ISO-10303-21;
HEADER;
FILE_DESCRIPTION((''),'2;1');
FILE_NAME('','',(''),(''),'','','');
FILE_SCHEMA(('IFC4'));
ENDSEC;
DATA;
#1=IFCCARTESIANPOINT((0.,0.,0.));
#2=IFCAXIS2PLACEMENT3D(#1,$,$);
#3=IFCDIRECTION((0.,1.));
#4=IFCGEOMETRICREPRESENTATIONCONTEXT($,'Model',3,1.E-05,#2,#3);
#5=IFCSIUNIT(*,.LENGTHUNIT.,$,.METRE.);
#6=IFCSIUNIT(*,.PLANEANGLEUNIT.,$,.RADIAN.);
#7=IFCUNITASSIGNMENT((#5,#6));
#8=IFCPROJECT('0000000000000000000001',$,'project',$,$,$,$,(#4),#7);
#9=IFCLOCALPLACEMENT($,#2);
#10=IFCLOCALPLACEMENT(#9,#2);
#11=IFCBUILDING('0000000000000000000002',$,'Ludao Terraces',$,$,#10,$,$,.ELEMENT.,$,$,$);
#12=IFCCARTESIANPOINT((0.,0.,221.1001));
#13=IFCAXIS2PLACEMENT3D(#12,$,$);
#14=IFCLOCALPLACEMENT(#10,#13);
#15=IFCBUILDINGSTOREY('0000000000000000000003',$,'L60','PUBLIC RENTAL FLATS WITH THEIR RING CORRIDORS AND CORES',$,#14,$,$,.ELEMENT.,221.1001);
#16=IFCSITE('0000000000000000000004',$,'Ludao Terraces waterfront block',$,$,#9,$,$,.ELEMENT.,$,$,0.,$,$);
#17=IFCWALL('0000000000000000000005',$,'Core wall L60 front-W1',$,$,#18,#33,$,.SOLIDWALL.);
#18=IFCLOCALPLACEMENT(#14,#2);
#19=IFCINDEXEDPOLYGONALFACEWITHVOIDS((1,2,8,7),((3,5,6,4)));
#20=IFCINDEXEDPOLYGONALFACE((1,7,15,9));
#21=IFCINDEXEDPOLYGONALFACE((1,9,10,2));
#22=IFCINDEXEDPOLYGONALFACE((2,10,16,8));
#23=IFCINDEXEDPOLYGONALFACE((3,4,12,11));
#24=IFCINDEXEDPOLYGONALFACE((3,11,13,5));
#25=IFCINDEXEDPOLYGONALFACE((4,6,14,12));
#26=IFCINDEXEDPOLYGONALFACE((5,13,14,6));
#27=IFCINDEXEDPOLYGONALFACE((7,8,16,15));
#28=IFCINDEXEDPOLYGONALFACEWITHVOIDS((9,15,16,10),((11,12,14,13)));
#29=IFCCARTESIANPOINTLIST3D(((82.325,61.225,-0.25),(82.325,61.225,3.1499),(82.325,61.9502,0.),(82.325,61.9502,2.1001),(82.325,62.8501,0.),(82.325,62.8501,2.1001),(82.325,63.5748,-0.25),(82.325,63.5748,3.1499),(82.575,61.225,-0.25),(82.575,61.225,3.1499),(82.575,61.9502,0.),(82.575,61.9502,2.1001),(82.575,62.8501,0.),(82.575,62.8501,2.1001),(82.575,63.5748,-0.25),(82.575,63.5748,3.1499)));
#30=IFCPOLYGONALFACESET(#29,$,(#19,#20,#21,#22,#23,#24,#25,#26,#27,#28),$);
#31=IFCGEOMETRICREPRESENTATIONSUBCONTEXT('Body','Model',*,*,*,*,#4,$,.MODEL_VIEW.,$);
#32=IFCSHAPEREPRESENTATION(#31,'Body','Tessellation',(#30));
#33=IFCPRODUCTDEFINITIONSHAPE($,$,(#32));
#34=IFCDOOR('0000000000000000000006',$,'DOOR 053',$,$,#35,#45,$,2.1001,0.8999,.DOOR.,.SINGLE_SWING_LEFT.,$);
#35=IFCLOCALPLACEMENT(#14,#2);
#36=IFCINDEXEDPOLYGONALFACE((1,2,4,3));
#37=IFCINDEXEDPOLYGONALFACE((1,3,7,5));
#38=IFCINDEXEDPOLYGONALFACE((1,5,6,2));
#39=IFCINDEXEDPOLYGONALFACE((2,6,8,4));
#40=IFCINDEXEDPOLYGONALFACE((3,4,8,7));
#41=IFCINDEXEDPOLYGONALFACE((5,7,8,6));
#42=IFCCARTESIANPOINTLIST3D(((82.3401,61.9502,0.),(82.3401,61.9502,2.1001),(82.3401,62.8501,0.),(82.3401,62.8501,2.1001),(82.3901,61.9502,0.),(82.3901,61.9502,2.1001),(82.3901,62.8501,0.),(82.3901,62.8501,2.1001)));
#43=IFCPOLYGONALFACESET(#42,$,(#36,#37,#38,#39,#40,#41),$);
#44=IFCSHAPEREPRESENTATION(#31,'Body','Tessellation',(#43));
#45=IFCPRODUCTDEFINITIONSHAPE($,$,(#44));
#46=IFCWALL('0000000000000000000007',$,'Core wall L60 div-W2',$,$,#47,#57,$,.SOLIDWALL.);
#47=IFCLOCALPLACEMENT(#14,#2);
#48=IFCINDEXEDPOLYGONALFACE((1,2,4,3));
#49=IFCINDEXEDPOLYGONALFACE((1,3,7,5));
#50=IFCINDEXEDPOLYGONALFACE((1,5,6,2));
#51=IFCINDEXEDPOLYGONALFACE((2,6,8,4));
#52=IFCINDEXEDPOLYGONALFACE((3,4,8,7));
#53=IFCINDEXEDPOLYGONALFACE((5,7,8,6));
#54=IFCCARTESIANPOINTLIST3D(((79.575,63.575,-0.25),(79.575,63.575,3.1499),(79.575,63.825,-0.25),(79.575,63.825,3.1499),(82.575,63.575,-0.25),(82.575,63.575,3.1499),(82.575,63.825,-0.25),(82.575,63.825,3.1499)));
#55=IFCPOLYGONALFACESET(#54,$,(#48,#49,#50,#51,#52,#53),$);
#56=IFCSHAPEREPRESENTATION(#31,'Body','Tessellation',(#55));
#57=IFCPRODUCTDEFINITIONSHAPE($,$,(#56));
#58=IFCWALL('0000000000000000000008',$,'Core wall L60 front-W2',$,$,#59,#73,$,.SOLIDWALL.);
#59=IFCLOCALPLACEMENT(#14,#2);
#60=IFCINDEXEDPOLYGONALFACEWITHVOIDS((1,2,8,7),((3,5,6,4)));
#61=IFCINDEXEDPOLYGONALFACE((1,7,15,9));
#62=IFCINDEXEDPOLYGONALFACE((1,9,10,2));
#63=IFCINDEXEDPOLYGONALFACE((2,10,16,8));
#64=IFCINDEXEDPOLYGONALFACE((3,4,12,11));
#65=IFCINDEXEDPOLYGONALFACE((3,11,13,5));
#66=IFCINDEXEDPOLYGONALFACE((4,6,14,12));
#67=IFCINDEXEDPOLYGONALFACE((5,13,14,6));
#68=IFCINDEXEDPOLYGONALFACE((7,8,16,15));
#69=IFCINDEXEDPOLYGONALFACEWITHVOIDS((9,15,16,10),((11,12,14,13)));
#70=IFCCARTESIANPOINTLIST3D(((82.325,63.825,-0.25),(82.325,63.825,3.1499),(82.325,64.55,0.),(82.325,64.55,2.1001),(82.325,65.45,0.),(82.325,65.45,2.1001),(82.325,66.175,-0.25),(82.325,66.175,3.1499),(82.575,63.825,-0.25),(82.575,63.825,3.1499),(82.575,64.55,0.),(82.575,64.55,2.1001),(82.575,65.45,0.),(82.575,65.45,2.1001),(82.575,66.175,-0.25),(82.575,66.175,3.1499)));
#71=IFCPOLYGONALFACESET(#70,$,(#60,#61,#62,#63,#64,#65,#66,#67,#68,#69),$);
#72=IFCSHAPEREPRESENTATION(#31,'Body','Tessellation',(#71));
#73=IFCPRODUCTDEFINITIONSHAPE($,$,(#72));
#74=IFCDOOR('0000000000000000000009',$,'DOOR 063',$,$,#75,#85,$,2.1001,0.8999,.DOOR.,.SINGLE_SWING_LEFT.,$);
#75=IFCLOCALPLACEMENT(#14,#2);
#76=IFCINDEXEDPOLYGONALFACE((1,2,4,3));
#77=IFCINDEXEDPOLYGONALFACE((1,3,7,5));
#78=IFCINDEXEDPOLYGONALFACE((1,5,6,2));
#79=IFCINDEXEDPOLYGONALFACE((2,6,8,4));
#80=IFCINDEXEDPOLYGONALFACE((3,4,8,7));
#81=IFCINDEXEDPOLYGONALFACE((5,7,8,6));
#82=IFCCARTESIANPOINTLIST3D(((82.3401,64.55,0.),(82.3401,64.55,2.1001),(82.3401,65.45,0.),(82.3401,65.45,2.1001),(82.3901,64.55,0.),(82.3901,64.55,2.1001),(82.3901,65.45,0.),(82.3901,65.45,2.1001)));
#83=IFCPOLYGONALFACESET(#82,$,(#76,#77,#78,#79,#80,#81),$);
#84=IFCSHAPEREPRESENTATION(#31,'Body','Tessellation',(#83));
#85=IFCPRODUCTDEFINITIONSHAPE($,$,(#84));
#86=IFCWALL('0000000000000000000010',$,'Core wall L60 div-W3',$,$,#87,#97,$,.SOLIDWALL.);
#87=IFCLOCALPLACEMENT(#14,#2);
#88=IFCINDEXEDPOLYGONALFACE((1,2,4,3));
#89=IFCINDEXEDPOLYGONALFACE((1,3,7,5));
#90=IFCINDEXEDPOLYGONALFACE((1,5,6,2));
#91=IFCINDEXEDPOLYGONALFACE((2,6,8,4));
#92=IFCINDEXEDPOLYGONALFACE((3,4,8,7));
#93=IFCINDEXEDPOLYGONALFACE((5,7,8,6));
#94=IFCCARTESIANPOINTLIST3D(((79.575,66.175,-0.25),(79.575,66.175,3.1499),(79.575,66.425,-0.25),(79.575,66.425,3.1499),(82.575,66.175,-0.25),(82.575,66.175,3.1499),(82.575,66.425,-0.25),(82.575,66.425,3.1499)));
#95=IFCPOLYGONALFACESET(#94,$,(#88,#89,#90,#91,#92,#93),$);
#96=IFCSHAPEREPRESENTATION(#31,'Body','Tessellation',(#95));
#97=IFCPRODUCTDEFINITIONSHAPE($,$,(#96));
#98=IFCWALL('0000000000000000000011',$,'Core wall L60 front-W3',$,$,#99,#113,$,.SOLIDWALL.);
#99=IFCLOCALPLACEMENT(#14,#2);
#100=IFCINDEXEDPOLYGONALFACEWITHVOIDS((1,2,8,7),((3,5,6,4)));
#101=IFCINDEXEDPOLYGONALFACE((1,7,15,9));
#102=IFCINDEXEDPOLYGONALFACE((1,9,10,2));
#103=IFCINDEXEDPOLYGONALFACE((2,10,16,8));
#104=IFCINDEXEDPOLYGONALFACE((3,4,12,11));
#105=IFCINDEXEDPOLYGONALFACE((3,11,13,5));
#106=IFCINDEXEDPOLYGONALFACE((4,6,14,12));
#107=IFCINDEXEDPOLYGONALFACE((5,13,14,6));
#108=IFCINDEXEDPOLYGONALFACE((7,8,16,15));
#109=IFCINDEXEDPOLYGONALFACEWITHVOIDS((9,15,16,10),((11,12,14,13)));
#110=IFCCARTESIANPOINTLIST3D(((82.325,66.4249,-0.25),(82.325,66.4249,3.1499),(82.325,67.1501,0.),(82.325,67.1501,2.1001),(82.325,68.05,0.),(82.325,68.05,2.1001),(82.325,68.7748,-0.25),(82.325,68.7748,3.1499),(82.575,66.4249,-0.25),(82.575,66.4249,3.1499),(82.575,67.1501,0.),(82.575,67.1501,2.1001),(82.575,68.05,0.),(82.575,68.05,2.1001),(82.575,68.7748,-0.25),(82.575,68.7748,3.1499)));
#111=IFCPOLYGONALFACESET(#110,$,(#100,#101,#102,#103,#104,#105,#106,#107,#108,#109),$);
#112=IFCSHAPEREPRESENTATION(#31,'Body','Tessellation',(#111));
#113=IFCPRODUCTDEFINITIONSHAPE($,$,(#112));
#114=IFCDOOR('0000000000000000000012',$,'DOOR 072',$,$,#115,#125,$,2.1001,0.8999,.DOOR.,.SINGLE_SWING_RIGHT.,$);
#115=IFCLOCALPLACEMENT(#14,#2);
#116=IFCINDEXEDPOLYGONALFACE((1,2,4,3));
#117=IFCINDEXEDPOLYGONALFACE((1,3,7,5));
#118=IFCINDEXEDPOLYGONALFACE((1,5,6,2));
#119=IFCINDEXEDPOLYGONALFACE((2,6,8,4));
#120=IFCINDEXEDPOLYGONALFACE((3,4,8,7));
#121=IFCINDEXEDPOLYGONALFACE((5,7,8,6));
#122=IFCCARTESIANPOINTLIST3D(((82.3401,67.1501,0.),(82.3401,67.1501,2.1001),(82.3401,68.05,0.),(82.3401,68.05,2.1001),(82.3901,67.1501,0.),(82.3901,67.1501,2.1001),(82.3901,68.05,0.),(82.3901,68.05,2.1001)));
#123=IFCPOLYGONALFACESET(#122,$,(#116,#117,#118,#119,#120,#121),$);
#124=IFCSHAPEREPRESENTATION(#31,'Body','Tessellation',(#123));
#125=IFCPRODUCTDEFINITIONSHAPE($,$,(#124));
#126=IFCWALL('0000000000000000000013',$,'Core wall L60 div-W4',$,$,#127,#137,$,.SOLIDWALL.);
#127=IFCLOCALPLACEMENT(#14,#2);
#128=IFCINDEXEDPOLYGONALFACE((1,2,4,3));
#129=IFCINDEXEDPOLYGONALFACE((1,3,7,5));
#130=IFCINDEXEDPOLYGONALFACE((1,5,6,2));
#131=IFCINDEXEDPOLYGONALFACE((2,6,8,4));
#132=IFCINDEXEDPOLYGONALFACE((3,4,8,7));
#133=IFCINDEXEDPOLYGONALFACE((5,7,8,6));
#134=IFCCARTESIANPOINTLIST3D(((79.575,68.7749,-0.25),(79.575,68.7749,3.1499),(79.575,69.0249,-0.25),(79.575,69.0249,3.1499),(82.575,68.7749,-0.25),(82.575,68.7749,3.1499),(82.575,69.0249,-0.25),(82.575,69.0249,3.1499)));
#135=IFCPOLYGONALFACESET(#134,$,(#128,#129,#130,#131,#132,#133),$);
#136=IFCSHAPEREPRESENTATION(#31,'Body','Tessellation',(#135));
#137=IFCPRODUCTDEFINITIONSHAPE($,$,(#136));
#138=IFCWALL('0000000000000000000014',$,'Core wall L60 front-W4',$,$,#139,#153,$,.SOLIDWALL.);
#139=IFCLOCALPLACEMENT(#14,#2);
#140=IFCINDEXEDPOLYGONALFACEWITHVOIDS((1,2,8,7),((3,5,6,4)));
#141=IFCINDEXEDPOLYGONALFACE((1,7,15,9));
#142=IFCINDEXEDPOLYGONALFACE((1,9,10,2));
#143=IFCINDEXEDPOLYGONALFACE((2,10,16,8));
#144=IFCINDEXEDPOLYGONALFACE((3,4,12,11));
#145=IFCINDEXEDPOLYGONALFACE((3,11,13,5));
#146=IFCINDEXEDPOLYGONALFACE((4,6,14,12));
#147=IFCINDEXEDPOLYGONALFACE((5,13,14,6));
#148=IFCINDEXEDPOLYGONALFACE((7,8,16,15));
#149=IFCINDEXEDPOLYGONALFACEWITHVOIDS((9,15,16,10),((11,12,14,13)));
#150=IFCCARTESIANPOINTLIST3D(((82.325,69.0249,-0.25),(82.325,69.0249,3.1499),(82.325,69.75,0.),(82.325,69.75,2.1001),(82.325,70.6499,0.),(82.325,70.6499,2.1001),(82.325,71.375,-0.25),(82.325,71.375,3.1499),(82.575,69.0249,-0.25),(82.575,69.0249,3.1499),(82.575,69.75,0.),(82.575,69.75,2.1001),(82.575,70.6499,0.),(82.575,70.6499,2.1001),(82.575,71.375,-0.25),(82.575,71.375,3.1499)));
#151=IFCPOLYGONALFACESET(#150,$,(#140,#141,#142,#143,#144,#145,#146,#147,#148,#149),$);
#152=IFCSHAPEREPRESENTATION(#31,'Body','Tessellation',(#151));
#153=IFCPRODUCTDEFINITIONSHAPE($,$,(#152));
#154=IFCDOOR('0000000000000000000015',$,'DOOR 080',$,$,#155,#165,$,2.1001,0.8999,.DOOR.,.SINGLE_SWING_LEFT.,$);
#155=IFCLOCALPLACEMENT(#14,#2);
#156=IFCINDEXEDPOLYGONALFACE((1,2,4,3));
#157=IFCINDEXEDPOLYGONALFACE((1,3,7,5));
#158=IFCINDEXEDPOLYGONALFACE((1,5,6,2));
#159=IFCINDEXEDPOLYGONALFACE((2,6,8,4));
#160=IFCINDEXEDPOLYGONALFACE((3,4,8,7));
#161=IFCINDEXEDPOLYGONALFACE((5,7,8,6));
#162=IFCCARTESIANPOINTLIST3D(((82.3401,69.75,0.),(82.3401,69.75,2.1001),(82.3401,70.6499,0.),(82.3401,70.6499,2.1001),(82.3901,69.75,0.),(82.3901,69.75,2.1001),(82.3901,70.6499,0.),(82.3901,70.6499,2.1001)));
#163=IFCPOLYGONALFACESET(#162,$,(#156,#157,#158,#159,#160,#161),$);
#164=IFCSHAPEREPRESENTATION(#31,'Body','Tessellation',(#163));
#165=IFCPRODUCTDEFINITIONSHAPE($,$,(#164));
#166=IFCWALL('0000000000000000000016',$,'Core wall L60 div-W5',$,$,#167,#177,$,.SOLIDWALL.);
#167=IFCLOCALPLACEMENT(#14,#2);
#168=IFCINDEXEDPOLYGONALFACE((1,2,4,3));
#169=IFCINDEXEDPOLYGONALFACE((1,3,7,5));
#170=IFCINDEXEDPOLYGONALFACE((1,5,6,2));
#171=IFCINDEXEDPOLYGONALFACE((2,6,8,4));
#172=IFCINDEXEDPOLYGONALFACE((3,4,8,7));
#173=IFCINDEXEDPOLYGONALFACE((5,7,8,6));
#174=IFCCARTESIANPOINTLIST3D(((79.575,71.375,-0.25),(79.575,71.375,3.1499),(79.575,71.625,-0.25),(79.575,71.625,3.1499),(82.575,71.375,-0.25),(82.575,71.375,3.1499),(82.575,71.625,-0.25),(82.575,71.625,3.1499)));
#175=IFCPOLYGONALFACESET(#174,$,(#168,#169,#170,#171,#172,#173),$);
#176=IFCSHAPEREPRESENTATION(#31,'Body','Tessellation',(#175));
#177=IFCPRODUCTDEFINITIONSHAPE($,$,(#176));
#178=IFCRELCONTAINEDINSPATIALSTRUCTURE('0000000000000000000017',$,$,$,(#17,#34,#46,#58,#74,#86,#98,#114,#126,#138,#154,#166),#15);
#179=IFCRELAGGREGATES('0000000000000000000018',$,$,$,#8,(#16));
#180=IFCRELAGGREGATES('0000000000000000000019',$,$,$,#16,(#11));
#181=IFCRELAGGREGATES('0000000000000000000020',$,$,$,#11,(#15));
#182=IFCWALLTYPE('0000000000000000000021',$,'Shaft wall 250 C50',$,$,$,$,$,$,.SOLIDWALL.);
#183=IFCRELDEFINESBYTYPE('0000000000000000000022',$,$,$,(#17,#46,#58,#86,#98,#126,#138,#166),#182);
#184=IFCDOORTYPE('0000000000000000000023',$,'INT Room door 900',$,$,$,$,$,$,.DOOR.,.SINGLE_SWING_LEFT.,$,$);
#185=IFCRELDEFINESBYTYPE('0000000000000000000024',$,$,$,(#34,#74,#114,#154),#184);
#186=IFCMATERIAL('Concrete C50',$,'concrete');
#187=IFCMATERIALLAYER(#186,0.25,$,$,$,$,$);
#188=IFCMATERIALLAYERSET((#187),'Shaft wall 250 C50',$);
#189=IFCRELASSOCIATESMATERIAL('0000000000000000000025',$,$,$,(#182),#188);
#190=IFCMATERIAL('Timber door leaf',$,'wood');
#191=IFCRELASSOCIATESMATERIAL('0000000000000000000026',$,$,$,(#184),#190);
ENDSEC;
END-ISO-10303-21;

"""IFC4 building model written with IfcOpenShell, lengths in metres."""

from ifc_helpers import new_model, si_unit, direction, frame, frame_2d, origin, place, context, subcontext, project, spatial, rectangle, extrude, material, layer, layer_set, type_object, element, fill, save


model = new_model("IFC4")

# Units and contexts
model_context = context("Model", 3, precision=1e-05, world=origin(), true_north=direction((0.0, 1.0)))
body_context = subcontext(model_context, "Body", "Model", "MODEL_VIEW")
ifc_project = project(units=[si_unit("LENGTHUNIT", "METRE"), si_unit("PLANEANGLEUNIT", "RADIAN")], contexts=[model_context])

# Site, building, storey
site_placement = place(None, origin())
site = spatial("IfcSite", under=ifc_project, at=site_placement, Name="Ludao Terraces waterfront block", CompositionType="ELEMENT", RefElevation=0.0)
building_placement = place(site_placement, origin())
building = spatial("IfcBuilding", under=site, at=building_placement, Name="Ludao Terraces", CompositionType="ELEMENT")
storey_placement = place(building_placement, frame((0.0, 0.0, 221.1001)))
storey = spatial("IfcBuildingStorey", under=building, at=storey_placement, Name="L60", Description="PUBLIC RENTAL FLATS WITH THEIR RING CORRIDORS AND CORES", CompositionType="ELEMENT", Elevation=221.1001)

# Shared definitions
ifc_material_1 = material(Name="Timber door leaf", Category="wood")

# Shared definitions
ifc_material_2 = material(Name="Concrete C50", Category="concrete")
ifc_layer_1 = layer(ifc_material_2, 0.25)
ifc_layer_set_1 = layer_set([ifc_layer_1], Name="Shaft wall 250 C50")
wall_type_1 = type_object("IfcWallType", Name="Shaft wall 250 C50", PredefinedType="SOLIDWALL", material=ifc_layer_set_1)

# Wall, opening, door
wall_1_placement = place(storey_placement, frame((82.45, 61.2251, -0.25), z_axis=(0.0, 0.0, 1.0), x_axis=(0.0, 1.0, 0.0)))
wall_1 = element("IfcWall", 1, at=wall_1_placement, inside=storey, type_object=wall_type_1, Name="Core wall L60 front-W1", PredefinedType="SOLIDWALL", context=body_context, shape_type="SweptSolid", body=[
    extrude(rectangle(XDim=2.3499, YDim=0.25, at=frame_2d((1.1748, 0.0))), origin(), (0.0, 0.0, 1.0), 3.3999),
])
opening_1_placement = place(wall_1_placement, frame((0.7251, 0.0, 0.25)))
opening_1 = element("IfcOpeningElement", 2, at=opening_1_placement, cuts=wall_1, PredefinedType="OPENING", context=body_context, shape_type="SweptSolid", body=[
    extrude(rectangle(XDim=0.8999, YDim=2.1001, at=frame_2d((0.45, 1.05))), frame((0.0, 0.135, 0.0), z_axis=(0.0, -1.0, 0.0), x_axis=(1.0, 0.0, 0.0)), (0.0, 0.0, 1.0), 0.27),
])
door_type_1 = type_object("IfcDoorType", Name="INT Room door 900", OperationType="SINGLE_SWING_LEFT", PredefinedType="DOOR", material=ifc_material_1)
door_1_placement = place(opening_1_placement, origin())
door_1 = element("IfcDoor", 3, at=door_1_placement, inside=storey, type_object=door_type_1, Name="DOOR 053", OperationType="SINGLE_SWING_LEFT", OverallHeight=2.1001, OverallWidth=0.8999, PredefinedType="DOOR", context=body_context, shape_type="SweptSolid", body=[
    extrude(rectangle(XDim=0.8999, YDim=2.1001, at=frame_2d((0.45, 1.05))), frame((0.0, 0.1099, 0.0), z_axis=(0.0, -1.0, 0.0), x_axis=(1.0, 0.0, 0.0)), (0.0, 0.0, 1.0), 0.05),
])
fill(opening_1, door_1)

# Wall
wall_2_placement = place(storey_placement, frame((79.575, 63.7, -0.25), z_axis=(0.0, 0.0, 1.0), x_axis=(1.0, 0.0, 0.0)))
element("IfcWall", 4, at=wall_2_placement, inside=storey, type_object=wall_type_1, Name="Core wall L60 div-W2", PredefinedType="SOLIDWALL", context=body_context, shape_type="SweptSolid", body=[
    extrude(rectangle(XDim=3.0, YDim=0.25, at=frame_2d((1.5, 0.0))), origin(), (0.0, 0.0, 1.0), 3.3999),
])

# Wall, opening, door
wall_3_placement = place(storey_placement, frame((82.45, 63.825, -0.25), z_axis=(0.0, 0.0, 1.0), x_axis=(0.0, 1.0, 0.0)))
wall_3 = element("IfcWall", 5, at=wall_3_placement, inside=storey, type_object=wall_type_1, Name="Core wall L60 front-W2", PredefinedType="SOLIDWALL", context=body_context, shape_type="SweptSolid", body=[
    extrude(rectangle(XDim=2.3501, YDim=0.25, at=frame_2d((1.175, 0.0))), origin(), (0.0, 0.0, 1.0), 3.3999),
])
opening_2_placement = place(wall_3_placement, frame((0.7251, 0.0, 0.25)))
opening_2 = element("IfcOpeningElement", 6, at=opening_2_placement, cuts=wall_3, PredefinedType="OPENING", context=body_context, shape_type="SweptSolid", body=[
    extrude(rectangle(XDim=0.8999, YDim=2.1001, at=frame_2d((0.45, 1.05))), frame((0.0, 0.135, 0.0), z_axis=(0.0, -1.0, 0.0), x_axis=(1.0, 0.0, 0.0)), (0.0, 0.0, 1.0), 0.27),
])
door_2_placement = place(opening_2_placement, origin())
door_2 = element("IfcDoor", 7, at=door_2_placement, inside=storey, type_object=door_type_1, Name="DOOR 063", OperationType="SINGLE_SWING_LEFT", OverallHeight=2.1001, OverallWidth=0.8999, PredefinedType="DOOR", context=body_context, shape_type="SweptSolid", body=[
    extrude(rectangle(XDim=0.8999, YDim=2.1001, at=frame_2d((0.45, 1.05))), frame((0.0, 0.1099, 0.0), z_axis=(0.0, -1.0, 0.0), x_axis=(1.0, 0.0, 0.0)), (0.0, 0.0, 1.0), 0.05),
])
fill(opening_2, door_2)

# Wall
wall_4_placement = place(storey_placement, frame((79.575, 66.3, -0.25), z_axis=(0.0, 0.0, 1.0), x_axis=(1.0, 0.0, 0.0)))
element("IfcWall", 8, at=wall_4_placement, inside=storey, type_object=wall_type_1, Name="Core wall L60 div-W3", PredefinedType="SOLIDWALL", context=body_context, shape_type="SweptSolid", body=[
    extrude(rectangle(XDim=3.0, YDim=0.25, at=frame_2d((1.5, 0.0))), origin(), (0.0, 0.0, 1.0), 3.3999),
])

# Wall, opening, door
wall_5_placement = place(storey_placement, frame((82.45, 66.425, -0.25), z_axis=(0.0, 0.0, 1.0), x_axis=(0.0, 1.0, 0.0)))
wall_5 = element("IfcWall", 9, at=wall_5_placement, inside=storey, type_object=wall_type_1, Name="Core wall L60 front-W3", PredefinedType="SOLIDWALL", context=body_context, shape_type="SweptSolid", body=[
    extrude(rectangle(XDim=2.3499, YDim=0.25, at=frame_2d((1.1748, 0.0))), origin(), (0.0, 0.0, 1.0), 3.3999),
])
opening_3_placement = place(wall_5_placement, frame((0.7251, 0.0, 0.25)))
opening_3 = element("IfcOpeningElement", 10, at=opening_3_placement, cuts=wall_5, PredefinedType="OPENING", context=body_context, shape_type="SweptSolid", body=[
    extrude(rectangle(XDim=0.8999, YDim=2.1001, at=frame_2d((0.45, 1.05))), frame((0.0, 0.135, 0.0), z_axis=(0.0, -1.0, 0.0), x_axis=(1.0, 0.0, 0.0)), (0.0, 0.0, 1.0), 0.27),
])
door_3_placement = place(opening_3_placement, origin())
door_3 = element("IfcDoor", 11, at=door_3_placement, inside=storey, type_object=door_type_1, Name="DOOR 072", OperationType="SINGLE_SWING_RIGHT", OverallHeight=2.1001, OverallWidth=0.8999, PredefinedType="DOOR", context=body_context, shape_type="SweptSolid", body=[
    extrude(rectangle(XDim=0.8999, YDim=2.1001, at=frame_2d((0.45, 1.05))), frame((0.0, 0.1099, 0.0), z_axis=(0.0, -1.0, 0.0), x_axis=(1.0, 0.0, 0.0)), (0.0, 0.0, 1.0), 0.05),
])
fill(opening_3, door_3)

# Wall
wall_6_placement = place(storey_placement, frame((79.575, 68.8999, -0.25), z_axis=(0.0, 0.0, 1.0), x_axis=(1.0, 0.0, 0.0)))
element("IfcWall", 12, at=wall_6_placement, inside=storey, type_object=wall_type_1, Name="Core wall L60 div-W4", PredefinedType="SOLIDWALL", context=body_context, shape_type="SweptSolid", body=[
    extrude(rectangle(XDim=3.0, YDim=0.25, at=frame_2d((1.5, 0.0))), origin(), (0.0, 0.0, 1.0), 3.3999),
])

# Wall, opening, door
wall_7_placement = place(storey_placement, frame((82.45, 69.0249, -0.25), z_axis=(0.0, 0.0, 1.0), x_axis=(0.0, 1.0, 0.0)))
wall_7 = element("IfcWall", 13, at=wall_7_placement, inside=storey, type_object=wall_type_1, Name="Core wall L60 front-W4", PredefinedType="SOLIDWALL", context=body_context, shape_type="SweptSolid", body=[
    extrude(rectangle(XDim=2.3501, YDim=0.25, at=frame_2d((1.175, 0.0))), origin(), (0.0, 0.0, 1.0), 3.3999),
])
opening_4_placement = place(wall_7_placement, frame((0.7251, 0.0, 0.25)))
opening_4 = element("IfcOpeningElement", 14, at=opening_4_placement, cuts=wall_7, PredefinedType="OPENING", context=body_context, shape_type="SweptSolid", body=[
    extrude(rectangle(XDim=0.8999, YDim=2.1001, at=frame_2d((0.45, 1.05))), frame((0.0, 0.135, 0.0), z_axis=(0.0, -1.0, 0.0), x_axis=(1.0, 0.0, 0.0)), (0.0, 0.0, 1.0), 0.27),
])
door_4_placement = place(opening_4_placement, origin())
door_4 = element("IfcDoor", 15, at=door_4_placement, inside=storey, type_object=door_type_1, Name="DOOR 080", OperationType="SINGLE_SWING_LEFT", OverallHeight=2.1001, OverallWidth=0.8999, PredefinedType="DOOR", context=body_context, shape_type="SweptSolid", body=[
    extrude(rectangle(XDim=0.8999, YDim=2.1001, at=frame_2d((0.45, 1.05))), frame((0.0, 0.1099, 0.0), z_axis=(0.0, -1.0, 0.0), x_axis=(1.0, 0.0, 0.0)), (0.0, 0.0, 1.0), 0.05),
])
fill(opening_4, door_4)

# Wall
wall_8_placement = place(storey_placement, frame((79.575, 71.5, -0.25), z_axis=(0.0, 0.0, 1.0), x_axis=(1.0, 0.0, 0.0)))
element("IfcWall", 16, at=wall_8_placement, inside=storey, type_object=wall_type_1, Name="Core wall L60 div-W5", PredefinedType="SOLIDWALL", context=body_context, shape_type="SweptSolid", body=[
    extrude(rectangle(XDim=3.0, YDim=0.25, at=frame_2d((1.5, 0.0))), origin(), (0.0, 0.0, 1.0), 3.3999),
])

save(model, "model.ifc")
